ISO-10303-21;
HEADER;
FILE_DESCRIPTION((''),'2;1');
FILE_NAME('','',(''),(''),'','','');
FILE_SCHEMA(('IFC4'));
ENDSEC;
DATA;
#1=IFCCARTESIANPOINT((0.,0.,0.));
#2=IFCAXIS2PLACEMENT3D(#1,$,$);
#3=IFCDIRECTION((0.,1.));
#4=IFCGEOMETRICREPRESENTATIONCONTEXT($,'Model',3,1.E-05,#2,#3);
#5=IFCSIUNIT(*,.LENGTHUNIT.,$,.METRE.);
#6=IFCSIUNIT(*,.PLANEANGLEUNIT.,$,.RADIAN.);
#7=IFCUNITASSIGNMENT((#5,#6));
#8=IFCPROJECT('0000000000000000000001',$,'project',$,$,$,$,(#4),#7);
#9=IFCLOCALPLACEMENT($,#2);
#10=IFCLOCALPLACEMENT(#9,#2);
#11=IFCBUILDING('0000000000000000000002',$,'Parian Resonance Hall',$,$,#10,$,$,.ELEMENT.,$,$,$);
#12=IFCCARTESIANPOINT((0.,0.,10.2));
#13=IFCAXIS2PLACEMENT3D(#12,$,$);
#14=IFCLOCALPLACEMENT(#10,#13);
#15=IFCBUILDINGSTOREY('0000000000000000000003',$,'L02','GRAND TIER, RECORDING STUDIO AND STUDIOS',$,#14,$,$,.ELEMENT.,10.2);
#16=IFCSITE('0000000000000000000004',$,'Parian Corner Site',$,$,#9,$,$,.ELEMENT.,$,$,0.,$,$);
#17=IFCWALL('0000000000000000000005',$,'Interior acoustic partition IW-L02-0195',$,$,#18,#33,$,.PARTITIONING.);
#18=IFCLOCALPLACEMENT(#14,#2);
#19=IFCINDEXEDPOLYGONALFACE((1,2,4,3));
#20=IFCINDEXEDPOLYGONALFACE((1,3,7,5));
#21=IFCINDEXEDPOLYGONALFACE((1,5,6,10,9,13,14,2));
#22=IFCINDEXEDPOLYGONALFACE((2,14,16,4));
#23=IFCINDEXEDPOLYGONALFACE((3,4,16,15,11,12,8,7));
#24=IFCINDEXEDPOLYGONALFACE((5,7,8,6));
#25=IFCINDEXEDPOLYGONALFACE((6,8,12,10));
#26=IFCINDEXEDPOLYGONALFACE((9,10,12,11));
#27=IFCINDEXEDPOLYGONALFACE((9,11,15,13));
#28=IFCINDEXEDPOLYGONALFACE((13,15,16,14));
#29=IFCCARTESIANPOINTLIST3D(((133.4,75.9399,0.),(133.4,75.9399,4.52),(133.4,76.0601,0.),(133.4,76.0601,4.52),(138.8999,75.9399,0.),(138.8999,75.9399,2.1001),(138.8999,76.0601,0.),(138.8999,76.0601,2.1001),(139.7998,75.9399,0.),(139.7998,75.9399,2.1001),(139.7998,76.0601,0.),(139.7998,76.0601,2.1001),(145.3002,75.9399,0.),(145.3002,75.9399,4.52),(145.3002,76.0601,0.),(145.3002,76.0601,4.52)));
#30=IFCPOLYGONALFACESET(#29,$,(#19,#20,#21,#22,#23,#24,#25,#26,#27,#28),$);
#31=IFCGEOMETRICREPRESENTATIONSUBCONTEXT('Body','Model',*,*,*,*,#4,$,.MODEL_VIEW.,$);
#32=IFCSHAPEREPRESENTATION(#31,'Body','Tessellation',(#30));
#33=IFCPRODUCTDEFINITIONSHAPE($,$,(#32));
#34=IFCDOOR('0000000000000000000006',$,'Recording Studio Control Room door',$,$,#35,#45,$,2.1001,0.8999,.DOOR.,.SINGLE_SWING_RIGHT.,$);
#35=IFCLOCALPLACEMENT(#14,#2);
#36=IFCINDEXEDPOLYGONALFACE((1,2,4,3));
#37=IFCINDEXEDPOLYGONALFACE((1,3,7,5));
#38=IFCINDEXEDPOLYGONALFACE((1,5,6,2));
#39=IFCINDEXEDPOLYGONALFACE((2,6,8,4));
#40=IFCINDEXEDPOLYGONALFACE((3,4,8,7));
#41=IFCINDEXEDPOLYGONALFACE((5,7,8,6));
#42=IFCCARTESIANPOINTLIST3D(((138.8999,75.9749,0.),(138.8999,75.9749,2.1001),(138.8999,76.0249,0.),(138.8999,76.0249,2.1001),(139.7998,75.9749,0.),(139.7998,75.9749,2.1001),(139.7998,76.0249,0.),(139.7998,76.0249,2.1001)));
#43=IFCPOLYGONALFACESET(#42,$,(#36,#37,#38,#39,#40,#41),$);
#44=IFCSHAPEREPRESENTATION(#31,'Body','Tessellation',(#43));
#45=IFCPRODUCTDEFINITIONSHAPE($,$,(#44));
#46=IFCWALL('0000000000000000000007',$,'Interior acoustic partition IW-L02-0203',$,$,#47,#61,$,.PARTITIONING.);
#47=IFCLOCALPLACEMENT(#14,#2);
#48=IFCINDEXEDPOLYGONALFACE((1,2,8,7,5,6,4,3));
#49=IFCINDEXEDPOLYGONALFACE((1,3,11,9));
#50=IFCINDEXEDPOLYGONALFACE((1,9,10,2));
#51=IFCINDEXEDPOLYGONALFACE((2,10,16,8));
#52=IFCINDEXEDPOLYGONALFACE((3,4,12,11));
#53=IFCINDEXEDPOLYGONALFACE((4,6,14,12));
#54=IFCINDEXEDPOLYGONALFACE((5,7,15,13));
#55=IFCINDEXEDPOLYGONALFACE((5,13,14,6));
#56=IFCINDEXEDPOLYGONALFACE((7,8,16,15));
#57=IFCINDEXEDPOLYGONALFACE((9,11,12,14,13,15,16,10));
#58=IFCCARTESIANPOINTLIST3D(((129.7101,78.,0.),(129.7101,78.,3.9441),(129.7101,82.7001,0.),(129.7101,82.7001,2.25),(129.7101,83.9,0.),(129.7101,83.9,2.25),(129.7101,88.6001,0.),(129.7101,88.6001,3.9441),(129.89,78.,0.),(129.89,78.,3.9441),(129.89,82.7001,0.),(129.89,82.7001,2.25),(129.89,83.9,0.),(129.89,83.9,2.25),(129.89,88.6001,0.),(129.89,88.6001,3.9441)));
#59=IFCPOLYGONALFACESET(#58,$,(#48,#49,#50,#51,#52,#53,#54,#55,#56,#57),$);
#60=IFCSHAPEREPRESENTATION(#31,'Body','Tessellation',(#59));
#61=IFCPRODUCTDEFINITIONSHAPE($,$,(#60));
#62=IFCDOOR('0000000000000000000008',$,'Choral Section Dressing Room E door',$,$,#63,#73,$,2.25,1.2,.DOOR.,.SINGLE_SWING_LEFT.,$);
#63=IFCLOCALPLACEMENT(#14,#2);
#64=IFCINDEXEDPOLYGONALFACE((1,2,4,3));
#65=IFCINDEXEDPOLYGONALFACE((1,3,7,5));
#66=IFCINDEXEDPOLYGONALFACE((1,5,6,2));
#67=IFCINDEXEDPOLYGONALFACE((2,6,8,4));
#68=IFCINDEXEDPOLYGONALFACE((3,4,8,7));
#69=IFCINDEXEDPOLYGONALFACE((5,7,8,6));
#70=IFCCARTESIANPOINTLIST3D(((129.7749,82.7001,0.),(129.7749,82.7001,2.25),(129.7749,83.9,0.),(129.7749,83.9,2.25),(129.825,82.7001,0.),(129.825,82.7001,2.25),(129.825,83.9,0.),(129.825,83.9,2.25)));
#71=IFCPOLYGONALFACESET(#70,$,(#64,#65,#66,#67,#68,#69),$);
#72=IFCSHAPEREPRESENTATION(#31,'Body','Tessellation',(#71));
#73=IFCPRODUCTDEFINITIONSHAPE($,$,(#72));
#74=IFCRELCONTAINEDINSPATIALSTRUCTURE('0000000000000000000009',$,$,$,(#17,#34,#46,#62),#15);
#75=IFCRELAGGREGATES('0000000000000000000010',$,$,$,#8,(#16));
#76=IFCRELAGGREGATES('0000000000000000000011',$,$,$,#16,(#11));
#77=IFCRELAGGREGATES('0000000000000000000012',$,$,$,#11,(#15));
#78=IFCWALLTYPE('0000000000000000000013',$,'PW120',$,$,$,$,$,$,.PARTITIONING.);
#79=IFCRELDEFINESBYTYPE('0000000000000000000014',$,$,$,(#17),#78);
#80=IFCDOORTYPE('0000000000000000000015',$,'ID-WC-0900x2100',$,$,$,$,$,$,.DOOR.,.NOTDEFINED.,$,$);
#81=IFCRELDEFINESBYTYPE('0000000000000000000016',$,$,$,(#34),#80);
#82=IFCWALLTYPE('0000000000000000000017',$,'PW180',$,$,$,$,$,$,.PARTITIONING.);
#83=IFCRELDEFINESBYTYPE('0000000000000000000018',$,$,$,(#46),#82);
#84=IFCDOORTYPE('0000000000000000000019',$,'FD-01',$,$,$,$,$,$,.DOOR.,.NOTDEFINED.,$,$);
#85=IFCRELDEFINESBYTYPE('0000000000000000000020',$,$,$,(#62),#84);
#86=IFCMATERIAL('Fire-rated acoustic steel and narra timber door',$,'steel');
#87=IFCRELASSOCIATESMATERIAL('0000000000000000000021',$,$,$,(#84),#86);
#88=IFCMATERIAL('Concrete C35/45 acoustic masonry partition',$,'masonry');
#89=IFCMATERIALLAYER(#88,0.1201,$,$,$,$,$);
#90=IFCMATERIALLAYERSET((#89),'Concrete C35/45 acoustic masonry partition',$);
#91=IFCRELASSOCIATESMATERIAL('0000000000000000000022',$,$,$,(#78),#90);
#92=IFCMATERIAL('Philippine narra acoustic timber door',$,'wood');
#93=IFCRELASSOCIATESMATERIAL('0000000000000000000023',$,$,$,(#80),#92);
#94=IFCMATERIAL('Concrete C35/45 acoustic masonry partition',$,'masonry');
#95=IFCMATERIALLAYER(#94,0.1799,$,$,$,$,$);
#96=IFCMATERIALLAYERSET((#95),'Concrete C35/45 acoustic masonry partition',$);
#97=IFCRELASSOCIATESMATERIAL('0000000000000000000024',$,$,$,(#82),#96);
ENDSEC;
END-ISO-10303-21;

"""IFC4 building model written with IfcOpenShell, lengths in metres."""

from ifc_helpers import new_model, si_unit, direction, frame, frame_2d, origin, place, context, subcontext, project, spatial, rectangle, extrude, material, layer, layer_set, type_object, element, fill, save


model = new_model("IFC4")

# Units and contexts
model_context = context("Model", 3, precision=1e-05, world=origin(), true_north=direction((0.0, 1.0)))
body_context = subcontext(model_context, "Body", "Model", "MODEL_VIEW")
ifc_project = project(units=[si_unit("LENGTHUNIT", "METRE"), si_unit("PLANEANGLEUNIT", "RADIAN")], contexts=[model_context])

# Site, building, storey
site_placement = place(None, origin())
site = spatial("IfcSite", under=ifc_project, at=site_placement, Name="Parian Corner Site", CompositionType="ELEMENT", RefElevation=0.0)
building_placement = place(site_placement, origin())
building = spatial("IfcBuilding", under=site, at=building_placement, Name="Parian Resonance Hall", CompositionType="ELEMENT")
storey_placement = place(building_placement, frame((0.0, 0.0, 10.2)))
storey = spatial("IfcBuildingStorey", under=building, at=storey_placement, Name="L02", Description="GRAND TIER, RECORDING STUDIO AND STUDIOS", CompositionType="ELEMENT", Elevation=10.2)

# Shared definitions
ifc_material_1 = material(Name="Fire-rated acoustic steel and narra timber door", Category="steel")
door_type_1 = type_object("IfcDoorType", Name="FD-01", OperationType="NOTDEFINED", PredefinedType="DOOR", material=ifc_material_1)

# Walls, openings, doors
ifc_material_2 = material(Name="Concrete C35/45 acoustic masonry partition", Category="masonry")
ifc_layer_1 = layer(ifc_material_2, 0.1201)
ifc_layer_set_1 = layer_set([ifc_layer_1], Name="Concrete C35/45 acoustic masonry partition")
wall_type_1 = type_object("IfcWallType", Name="PW120", PredefinedType="PARTITIONING", material=ifc_layer_set_1)
wall_1_placement = place(storey_placement, frame((133.3999, 76.0, 0.0), z_axis=(0.0, 0.0, 1.0), x_axis=(1.0, 0.0, 0.0)))
wall_1 = element("IfcWall", 1, at=wall_1_placement, inside=storey, type_object=wall_type_1, Name="Interior acoustic partition IW-L02-0195", PredefinedType="PARTITIONING", context=body_context, shape_type="SweptSolid", body=[
    extrude(rectangle(XDim=11.9001, YDim=0.1201, at=frame_2d((5.9502, 0.0))), origin(), (0.0, 0.0, 1.0), 4.52),
])
opening_1_placement = place(wall_1_placement, frame((5.5, 0.0, 0.0)))
opening_1 = element("IfcOpeningElement", 2, at=opening_1_placement, cuts=wall_1, PredefinedType="OPENING", context=body_context, shape_type="SweptSolid", body=[
    extrude(rectangle(XDim=0.8999, YDim=2.1001, at=frame_2d((0.45, 1.05))), frame((0.0, 0.0701, 0.0), z_axis=(0.0, -1.0, 0.0), x_axis=(1.0, 0.0, 0.0)), (0.0, 0.0, 1.0), 0.1401),
])
ifc_material_3 = material(Name="Philippine narra acoustic timber door", Category="wood")
door_type_2 = type_object("IfcDoorType", Name="ID-WC-0900x2100", OperationType="NOTDEFINED", PredefinedType="DOOR", material=ifc_material_3)
door_1_placement = place(opening_1_placement, origin())
door_1 = element("IfcDoor", 3, at=door_1_placement, inside=storey, type_object=door_type_2, Name="Recording Studio Control Room door", OperationType="SINGLE_SWING_RIGHT", OverallHeight=2.1001, OverallWidth=0.8999, PredefinedType="DOOR", context=body_context, shape_type="SweptSolid", body=[
    extrude(rectangle(XDim=0.8999, YDim=2.1001, at=frame_2d((0.45, 1.05))), frame((0.0, 0.0249, 0.0), z_axis=(0.0, -1.0, 0.0), x_axis=(1.0, 0.0, 0.0)), (0.0, 0.0, 1.0), 0.05),
])
fill(opening_1, door_1)
ifc_material_4 = material(Name="Concrete C35/45 acoustic masonry partition", Category="masonry")
ifc_layer_2 = layer(ifc_material_4, 0.1799)
ifc_layer_set_2 = layer_set([ifc_layer_2], Name="Concrete C35/45 acoustic masonry partition")
wall_type_2 = type_object("IfcWallType", Name="PW180", PredefinedType="PARTITIONING", material=ifc_layer_set_2)
wall_2_placement = place(storey_placement, frame((129.8, 88.6001, 0.0), z_axis=(0.0, 0.0, 1.0), x_axis=(0.0, -1.0, 0.0)))
wall_2 = element("IfcWall", 4, at=wall_2_placement, inside=storey, type_object=wall_type_2, Name="Interior acoustic partition IW-L02-0203", PredefinedType="PARTITIONING", context=body_context, shape_type="SweptSolid", body=[
    extrude(rectangle(XDim=10.6001, YDim=0.1799, at=frame_2d((5.3, 0.0))), origin(), (0.0, 0.0, 1.0), 3.9441),
])
opening_2_placement = place(wall_2_placement, frame((4.7, 0.0, 0.0)))
opening_2 = element("IfcOpeningElement", 5, at=opening_2_placement, cuts=wall_2, PredefinedType="OPENING", context=body_context, shape_type="SweptSolid", body=[
    extrude(rectangle(XDim=1.2, YDim=2.25, at=frame_2d((0.6001, 1.125))), frame((0.0, 0.0999, 0.0), z_axis=(0.0, -1.0, 0.0), x_axis=(1.0, 0.0, 0.0)), (0.0, 0.0, 1.0), 0.2),
])
door_2_placement = place(opening_2_placement, origin())
door_2 = element("IfcDoor", 6, at=door_2_placement, inside=storey, type_object=door_type_1, Name="Choral Section Dressing Room E door", OperationType="SINGLE_SWING_LEFT", OverallHeight=2.25, OverallWidth=1.2, PredefinedType="DOOR", context=body_context, shape_type="SweptSolid", body=[
    extrude(rectangle(XDim=1.2, YDim=2.25, at=frame_2d((0.6001, 1.125))), frame((0.0, 0.0249, 0.0), z_axis=(0.0, -1.0, 0.0), x_axis=(1.0, 0.0, 0.0)), (0.0, 0.0, 1.0), 0.05),
])
fill(opening_2, door_2)

save(model, "model.ifc")
